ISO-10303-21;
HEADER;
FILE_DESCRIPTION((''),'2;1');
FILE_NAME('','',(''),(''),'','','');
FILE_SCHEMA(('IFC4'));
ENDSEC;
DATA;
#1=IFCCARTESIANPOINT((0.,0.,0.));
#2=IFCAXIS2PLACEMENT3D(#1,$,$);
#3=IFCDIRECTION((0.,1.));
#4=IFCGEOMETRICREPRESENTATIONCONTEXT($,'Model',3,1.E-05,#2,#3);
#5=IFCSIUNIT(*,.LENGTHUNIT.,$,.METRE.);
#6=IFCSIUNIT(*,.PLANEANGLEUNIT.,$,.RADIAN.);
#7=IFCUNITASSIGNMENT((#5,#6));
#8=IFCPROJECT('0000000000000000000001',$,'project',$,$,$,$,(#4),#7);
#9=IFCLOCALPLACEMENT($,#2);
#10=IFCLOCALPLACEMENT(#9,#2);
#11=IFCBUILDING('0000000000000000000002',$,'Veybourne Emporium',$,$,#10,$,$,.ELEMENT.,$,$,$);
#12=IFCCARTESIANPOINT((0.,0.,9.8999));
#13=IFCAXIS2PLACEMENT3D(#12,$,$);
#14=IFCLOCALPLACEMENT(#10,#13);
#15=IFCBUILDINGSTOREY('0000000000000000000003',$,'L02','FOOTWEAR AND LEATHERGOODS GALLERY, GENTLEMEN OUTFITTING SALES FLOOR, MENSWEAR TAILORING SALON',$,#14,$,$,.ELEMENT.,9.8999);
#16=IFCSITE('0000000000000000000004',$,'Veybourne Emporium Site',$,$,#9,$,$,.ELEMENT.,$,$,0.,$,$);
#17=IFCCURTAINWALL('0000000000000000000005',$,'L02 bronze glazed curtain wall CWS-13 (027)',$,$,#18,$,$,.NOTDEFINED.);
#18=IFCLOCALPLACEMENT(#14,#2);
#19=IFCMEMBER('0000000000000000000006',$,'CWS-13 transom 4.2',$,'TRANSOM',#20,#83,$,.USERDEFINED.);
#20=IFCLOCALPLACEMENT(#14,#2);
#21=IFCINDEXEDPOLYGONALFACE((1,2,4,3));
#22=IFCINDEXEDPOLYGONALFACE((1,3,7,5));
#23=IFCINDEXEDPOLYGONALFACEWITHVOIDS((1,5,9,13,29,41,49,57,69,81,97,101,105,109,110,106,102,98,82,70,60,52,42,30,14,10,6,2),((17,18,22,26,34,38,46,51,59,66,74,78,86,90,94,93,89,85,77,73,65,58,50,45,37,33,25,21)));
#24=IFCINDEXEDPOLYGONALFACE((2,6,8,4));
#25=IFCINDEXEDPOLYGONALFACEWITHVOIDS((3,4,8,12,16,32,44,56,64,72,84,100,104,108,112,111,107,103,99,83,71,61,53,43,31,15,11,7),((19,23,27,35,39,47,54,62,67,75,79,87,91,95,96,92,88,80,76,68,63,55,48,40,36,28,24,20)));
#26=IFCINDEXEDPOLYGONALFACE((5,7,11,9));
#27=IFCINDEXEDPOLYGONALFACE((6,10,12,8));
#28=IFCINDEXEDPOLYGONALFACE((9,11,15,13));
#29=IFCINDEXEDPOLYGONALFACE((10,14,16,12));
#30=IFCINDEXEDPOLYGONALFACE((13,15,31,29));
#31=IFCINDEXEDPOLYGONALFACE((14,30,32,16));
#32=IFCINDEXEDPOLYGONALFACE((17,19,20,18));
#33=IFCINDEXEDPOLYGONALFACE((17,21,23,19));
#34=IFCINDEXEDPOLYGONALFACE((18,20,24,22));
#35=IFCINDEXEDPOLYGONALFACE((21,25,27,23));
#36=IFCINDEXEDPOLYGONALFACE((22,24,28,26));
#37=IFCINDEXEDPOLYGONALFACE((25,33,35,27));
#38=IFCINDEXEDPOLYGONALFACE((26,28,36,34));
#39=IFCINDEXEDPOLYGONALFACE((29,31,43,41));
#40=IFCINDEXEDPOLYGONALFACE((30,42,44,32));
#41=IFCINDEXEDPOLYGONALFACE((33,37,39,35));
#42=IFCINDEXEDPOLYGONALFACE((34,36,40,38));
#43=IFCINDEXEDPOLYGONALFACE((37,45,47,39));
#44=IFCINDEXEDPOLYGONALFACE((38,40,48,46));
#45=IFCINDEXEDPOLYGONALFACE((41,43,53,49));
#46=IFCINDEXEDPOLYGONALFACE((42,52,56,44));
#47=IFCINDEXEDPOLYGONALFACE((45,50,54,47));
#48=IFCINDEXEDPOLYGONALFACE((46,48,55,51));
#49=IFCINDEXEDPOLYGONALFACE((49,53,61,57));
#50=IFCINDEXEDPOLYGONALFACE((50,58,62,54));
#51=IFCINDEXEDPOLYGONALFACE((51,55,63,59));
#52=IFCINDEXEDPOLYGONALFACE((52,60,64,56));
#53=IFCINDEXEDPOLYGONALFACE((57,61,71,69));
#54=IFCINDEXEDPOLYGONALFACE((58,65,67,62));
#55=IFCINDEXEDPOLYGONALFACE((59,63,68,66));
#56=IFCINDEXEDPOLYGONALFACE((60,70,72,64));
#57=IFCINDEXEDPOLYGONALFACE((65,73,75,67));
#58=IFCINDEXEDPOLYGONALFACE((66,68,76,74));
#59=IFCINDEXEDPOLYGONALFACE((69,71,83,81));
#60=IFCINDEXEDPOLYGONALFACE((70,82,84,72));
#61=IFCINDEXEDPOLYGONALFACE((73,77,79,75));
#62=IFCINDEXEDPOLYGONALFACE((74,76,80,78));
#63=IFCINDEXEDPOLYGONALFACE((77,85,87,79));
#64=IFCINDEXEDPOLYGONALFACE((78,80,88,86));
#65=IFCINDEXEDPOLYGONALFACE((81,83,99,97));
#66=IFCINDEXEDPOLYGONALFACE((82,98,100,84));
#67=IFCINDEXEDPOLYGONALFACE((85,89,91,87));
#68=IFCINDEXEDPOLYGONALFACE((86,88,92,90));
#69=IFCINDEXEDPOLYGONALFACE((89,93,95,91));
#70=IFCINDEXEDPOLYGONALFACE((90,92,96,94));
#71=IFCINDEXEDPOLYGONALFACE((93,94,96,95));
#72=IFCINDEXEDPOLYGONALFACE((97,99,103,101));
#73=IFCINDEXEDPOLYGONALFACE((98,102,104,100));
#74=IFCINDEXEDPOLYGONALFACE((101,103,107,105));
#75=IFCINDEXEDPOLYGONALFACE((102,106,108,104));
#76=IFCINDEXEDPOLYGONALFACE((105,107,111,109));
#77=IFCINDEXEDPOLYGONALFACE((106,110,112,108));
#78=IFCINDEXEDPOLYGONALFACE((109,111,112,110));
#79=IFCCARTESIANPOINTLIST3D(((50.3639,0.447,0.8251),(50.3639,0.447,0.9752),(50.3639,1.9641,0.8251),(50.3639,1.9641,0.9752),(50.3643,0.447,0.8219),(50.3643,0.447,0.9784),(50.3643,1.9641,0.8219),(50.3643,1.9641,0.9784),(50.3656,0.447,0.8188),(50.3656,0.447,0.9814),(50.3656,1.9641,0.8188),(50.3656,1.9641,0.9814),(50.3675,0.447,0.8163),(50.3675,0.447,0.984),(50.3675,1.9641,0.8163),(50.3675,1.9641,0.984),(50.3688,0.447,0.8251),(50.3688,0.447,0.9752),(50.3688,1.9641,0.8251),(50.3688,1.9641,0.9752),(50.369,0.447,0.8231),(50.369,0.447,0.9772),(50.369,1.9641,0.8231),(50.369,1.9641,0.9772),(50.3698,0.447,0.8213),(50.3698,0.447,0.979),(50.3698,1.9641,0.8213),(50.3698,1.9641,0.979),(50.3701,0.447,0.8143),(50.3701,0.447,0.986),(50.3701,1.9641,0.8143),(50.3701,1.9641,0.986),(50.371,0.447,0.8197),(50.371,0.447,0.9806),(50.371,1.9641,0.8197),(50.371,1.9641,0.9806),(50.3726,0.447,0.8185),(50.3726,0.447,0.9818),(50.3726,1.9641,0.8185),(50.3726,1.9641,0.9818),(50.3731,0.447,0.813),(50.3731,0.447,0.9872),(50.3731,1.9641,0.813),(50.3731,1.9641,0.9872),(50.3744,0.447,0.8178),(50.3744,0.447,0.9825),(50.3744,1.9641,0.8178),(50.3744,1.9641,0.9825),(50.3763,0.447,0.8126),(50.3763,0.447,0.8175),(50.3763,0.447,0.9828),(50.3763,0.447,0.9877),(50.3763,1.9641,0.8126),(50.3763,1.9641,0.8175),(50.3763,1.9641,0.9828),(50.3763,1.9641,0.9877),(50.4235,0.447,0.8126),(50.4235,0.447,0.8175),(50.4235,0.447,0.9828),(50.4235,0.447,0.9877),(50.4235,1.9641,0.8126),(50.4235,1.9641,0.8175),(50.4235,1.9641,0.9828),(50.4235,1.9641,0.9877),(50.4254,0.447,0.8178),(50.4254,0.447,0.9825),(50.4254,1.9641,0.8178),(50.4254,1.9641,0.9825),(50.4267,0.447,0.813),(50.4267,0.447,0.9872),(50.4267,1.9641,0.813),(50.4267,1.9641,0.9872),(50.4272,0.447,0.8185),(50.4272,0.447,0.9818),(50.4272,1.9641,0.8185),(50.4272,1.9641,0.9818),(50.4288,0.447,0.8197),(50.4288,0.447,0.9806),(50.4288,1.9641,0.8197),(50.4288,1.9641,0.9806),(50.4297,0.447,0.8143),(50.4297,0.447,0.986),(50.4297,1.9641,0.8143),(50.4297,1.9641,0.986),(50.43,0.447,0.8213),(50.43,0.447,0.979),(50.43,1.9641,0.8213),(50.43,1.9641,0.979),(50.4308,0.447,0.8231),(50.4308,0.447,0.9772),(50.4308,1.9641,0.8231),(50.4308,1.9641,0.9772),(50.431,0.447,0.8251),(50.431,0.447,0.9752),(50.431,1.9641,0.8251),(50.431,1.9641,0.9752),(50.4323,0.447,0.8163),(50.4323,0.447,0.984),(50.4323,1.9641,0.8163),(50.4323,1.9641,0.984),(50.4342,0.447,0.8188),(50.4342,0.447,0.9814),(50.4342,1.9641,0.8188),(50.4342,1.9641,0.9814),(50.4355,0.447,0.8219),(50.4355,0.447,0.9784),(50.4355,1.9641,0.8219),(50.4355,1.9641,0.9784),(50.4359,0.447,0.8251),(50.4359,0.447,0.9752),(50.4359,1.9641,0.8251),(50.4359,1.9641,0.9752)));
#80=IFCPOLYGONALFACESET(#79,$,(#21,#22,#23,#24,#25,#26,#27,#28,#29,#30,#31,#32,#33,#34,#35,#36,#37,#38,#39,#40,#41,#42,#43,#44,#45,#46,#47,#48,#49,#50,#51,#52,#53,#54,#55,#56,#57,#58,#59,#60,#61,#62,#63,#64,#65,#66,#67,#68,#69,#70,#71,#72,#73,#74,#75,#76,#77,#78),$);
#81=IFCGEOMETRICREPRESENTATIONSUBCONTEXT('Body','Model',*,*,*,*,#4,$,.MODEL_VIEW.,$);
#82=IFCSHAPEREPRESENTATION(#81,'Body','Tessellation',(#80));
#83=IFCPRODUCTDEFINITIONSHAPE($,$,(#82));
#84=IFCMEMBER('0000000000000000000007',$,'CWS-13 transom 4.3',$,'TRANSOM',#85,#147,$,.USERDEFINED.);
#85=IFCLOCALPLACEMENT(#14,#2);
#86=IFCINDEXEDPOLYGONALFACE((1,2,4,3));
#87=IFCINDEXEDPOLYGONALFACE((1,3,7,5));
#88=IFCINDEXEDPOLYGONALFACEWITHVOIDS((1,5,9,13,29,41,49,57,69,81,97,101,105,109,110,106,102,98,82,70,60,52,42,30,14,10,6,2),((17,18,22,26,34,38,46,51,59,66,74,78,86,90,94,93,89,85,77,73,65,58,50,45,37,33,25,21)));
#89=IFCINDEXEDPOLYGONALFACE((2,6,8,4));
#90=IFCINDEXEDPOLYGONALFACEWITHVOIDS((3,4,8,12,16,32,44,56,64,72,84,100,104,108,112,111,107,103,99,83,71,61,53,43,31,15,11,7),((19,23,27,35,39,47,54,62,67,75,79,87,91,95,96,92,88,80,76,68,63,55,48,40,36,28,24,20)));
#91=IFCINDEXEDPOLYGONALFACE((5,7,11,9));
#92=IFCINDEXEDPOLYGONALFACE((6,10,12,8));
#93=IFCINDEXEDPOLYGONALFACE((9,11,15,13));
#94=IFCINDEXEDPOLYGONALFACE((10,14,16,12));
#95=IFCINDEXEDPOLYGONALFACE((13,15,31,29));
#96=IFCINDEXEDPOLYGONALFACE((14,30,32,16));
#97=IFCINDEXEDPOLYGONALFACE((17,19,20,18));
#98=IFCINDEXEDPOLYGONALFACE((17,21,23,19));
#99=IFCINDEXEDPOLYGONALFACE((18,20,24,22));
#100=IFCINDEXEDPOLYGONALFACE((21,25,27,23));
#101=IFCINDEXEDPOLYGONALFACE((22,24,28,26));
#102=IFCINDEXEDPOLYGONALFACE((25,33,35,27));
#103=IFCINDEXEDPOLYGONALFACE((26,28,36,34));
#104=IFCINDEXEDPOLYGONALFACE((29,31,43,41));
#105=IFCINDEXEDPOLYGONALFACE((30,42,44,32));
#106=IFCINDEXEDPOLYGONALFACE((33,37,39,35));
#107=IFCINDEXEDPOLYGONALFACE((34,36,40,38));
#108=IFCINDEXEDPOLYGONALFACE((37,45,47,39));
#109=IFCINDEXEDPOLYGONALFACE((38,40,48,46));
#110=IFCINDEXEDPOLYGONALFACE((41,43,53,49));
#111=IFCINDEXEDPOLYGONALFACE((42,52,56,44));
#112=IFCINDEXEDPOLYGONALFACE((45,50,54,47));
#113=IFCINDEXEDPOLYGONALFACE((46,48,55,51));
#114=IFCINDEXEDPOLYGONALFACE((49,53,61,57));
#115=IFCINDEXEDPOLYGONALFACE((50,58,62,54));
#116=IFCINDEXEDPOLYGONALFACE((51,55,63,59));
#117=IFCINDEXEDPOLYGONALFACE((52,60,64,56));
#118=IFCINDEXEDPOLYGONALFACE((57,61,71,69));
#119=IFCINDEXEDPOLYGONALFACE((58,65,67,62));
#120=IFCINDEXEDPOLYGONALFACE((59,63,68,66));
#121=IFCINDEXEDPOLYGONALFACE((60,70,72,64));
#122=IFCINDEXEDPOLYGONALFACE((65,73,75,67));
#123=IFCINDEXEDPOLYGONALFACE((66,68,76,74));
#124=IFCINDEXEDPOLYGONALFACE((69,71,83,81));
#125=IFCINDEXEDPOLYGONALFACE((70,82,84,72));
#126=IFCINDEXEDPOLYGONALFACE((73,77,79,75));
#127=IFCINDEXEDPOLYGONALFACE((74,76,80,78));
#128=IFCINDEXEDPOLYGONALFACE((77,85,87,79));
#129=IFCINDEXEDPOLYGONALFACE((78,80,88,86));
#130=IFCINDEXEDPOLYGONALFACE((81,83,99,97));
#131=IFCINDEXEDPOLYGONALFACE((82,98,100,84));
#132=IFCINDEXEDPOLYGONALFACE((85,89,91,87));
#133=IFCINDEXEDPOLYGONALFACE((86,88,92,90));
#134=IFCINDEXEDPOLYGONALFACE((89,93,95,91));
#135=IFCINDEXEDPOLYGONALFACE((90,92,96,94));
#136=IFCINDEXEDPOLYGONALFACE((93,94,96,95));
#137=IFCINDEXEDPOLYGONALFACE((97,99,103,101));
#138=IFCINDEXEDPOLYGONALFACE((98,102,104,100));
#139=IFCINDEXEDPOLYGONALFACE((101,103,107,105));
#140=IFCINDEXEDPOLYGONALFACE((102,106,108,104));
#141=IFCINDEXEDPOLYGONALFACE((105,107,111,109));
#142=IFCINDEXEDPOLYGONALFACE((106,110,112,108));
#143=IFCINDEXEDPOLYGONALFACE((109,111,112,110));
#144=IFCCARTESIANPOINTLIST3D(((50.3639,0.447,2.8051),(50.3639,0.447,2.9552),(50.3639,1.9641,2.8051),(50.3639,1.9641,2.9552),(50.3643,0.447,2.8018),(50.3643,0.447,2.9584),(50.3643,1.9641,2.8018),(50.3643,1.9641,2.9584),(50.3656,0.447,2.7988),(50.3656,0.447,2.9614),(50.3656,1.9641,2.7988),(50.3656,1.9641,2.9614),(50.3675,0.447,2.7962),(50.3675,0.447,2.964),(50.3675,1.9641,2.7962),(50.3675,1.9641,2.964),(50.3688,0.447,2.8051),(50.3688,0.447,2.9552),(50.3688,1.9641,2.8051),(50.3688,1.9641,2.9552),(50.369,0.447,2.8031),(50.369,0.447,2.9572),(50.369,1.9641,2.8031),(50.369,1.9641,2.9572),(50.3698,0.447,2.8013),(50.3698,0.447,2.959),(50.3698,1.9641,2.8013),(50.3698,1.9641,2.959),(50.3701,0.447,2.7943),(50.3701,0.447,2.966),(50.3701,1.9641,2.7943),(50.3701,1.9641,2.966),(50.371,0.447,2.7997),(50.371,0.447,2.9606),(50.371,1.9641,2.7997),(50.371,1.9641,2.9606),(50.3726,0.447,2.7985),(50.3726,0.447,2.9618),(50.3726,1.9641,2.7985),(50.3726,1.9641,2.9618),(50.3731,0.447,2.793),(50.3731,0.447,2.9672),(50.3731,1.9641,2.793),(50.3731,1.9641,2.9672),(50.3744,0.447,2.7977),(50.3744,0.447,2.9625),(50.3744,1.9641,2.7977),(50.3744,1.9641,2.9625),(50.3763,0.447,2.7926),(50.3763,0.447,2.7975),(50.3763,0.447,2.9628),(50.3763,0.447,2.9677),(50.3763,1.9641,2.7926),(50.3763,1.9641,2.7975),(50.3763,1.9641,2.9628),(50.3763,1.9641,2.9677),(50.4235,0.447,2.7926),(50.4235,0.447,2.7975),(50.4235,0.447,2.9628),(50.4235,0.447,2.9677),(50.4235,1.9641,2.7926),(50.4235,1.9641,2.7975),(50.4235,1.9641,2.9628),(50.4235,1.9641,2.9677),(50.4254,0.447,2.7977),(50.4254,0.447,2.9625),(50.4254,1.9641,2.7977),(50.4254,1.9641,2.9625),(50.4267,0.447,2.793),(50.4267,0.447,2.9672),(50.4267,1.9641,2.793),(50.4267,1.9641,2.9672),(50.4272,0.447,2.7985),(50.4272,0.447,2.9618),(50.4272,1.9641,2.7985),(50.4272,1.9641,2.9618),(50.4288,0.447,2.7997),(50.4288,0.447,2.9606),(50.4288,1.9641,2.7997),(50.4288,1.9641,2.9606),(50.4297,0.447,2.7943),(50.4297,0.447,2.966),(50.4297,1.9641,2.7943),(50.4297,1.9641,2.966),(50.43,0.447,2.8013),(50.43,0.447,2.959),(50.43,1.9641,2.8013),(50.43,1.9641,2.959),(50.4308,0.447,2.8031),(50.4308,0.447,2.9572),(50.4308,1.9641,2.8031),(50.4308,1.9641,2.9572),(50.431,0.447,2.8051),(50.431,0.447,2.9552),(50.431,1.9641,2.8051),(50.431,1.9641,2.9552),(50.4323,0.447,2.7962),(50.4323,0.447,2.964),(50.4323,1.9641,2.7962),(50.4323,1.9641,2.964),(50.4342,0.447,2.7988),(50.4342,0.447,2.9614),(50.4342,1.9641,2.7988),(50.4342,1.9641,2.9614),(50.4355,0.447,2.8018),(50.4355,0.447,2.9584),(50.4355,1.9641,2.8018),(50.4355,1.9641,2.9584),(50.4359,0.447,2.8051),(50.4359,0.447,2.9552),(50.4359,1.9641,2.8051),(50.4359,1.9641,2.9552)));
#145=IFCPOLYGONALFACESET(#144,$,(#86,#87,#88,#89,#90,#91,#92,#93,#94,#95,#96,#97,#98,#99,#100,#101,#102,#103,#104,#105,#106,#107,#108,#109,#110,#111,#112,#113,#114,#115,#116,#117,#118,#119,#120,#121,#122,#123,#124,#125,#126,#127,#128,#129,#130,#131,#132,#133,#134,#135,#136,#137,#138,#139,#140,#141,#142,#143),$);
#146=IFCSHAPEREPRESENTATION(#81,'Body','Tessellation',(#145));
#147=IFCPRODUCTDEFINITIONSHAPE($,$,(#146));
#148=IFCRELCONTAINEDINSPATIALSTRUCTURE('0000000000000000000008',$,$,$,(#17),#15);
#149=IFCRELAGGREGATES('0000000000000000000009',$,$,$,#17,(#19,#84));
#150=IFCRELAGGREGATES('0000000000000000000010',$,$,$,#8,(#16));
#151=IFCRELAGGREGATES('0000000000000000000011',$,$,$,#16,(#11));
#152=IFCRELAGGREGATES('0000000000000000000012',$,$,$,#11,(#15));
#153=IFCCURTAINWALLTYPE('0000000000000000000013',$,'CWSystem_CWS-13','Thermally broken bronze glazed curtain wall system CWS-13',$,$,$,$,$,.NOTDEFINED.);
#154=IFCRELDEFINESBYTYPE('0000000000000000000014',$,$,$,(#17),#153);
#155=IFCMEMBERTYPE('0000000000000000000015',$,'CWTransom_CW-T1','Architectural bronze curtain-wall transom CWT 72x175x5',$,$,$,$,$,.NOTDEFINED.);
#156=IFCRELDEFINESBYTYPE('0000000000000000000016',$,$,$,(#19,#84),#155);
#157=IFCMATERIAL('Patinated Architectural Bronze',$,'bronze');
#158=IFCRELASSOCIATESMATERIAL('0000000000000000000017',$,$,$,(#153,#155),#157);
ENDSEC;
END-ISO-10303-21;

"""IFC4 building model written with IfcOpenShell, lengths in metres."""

from ifc_helpers import new_model, si_unit, direction, frame, origin, origin_2d, place, context, subcontext, project, spatial, hollow_rectangle, extrude, material, material_profile, profile_set, type_object, element, aggregate, save


model = new_model("IFC4")

# Units and contexts
model_context = context("Model", 3, precision=1e-05, world=origin(), true_north=direction((0.0, 1.0)))
body_context = subcontext(model_context, "Body", "Model", "MODEL_VIEW")
ifc_project = project(units=[si_unit("LENGTHUNIT", "METRE"), si_unit("PLANEANGLEUNIT", "RADIAN")], contexts=[model_context])

# Site, building, storey
site_placement = place(None, origin())
site = spatial("IfcSite", under=ifc_project, at=site_placement, Name="Veybourne Emporium Site", CompositionType="ELEMENT", RefElevation=0.0)
building_placement = place(site_placement, origin())
building = spatial("IfcBuilding", under=site, at=building_placement, Name="Veybourne Emporium", CompositionType="ELEMENT")
storey_placement = place(building_placement, frame((0.0, 0.0, 9.8999)))
storey = spatial("IfcBuildingStorey", under=building, at=storey_placement, Name="L02", Description="FOOTWEAR AND LEATHERGOODS GALLERY, GENTLEMEN OUTFITTING SALES FLOOR, MENSWEAR TAILORING SALON", CompositionType="ELEMENT", Elevation=9.8999)

# Curtain wall, members
ifc_material_1 = material(Name="Patinated Architectural Bronze", Category="bronze")
curtain_wall_type = type_object("IfcCurtainWallType", Name="CWSystem_CWS-13", Description="Thermally broken bronze glazed curtain wall system CWS-13", PredefinedType="NOTDEFINED", material=ifc_material_1)
curtain_wall_placement = place(storey_placement, origin())
curtain_wall = element("IfcCurtainWall", 1, at=curtain_wall_placement, inside=storey, type_object=curtain_wall_type, Name="L02 bronze glazed curtain wall CWS-13 (027)", PredefinedType="NOTDEFINED")
ifc_material_profile_1 = material_profile(ifc_material_1, hollow_rectangle(XDim=0.072, YDim=0.175, WallThickness=0.0049, InnerFilletRadius=0.0076, OuterFilletRadius=0.0125, at=origin_2d()), Name="CWT 72x175x5")
ifc_profile_set_1 = profile_set([ifc_material_profile_1], Name="Patinated Architectural Bronze")
member_type_1 = type_object("IfcMemberType", Name="CWTransom_CW-T1", Description="Architectural bronze curtain-wall transom CWT 72x175x5", PredefinedType="NOTDEFINED", material=ifc_profile_set_1)
member_1_placement = place(storey_placement, frame((50.3999, 1.9641, 0.9001), z_axis=(0.0, -1.0, 0.0), x_axis=(1.0, 0.0, 0.0)))
member_1 = element("IfcMember", 2, at=member_1_placement, type_object=member_type_1, Name="CWS-13 transom 4.2", ObjectType="TRANSOM", PredefinedType="USERDEFINED", context=body_context, shape_type="SweptSolid", body=[
    extrude(hollow_rectangle(XDim=0.072, YDim=0.175, WallThickness=0.0049, InnerFilletRadius=0.0076, OuterFilletRadius=0.0125, at=origin_2d()), origin(), (0.0, 0.0, 1.0), 1.5171),
])
member_2_placement = place(storey_placement, frame((50.3999, 1.9641, 2.8801), z_axis=(0.0, -1.0, 0.0), x_axis=(1.0, 0.0, 0.0)))
member_2 = element("IfcMember", 3, at=member_2_placement, type_object=member_type_1, Name="CWS-13 transom 4.3", ObjectType="TRANSOM", PredefinedType="USERDEFINED", context=body_context, shape_type="SweptSolid", body=[
    extrude(hollow_rectangle(XDim=0.072, YDim=0.175, WallThickness=0.0049, InnerFilletRadius=0.0076, OuterFilletRadius=0.0125, at=origin_2d()), origin(), (0.0, 0.0, 1.0), 1.5171),
])

aggregate(curtain_wall, [member_1, member_2])

save(model, "model.ifc")
